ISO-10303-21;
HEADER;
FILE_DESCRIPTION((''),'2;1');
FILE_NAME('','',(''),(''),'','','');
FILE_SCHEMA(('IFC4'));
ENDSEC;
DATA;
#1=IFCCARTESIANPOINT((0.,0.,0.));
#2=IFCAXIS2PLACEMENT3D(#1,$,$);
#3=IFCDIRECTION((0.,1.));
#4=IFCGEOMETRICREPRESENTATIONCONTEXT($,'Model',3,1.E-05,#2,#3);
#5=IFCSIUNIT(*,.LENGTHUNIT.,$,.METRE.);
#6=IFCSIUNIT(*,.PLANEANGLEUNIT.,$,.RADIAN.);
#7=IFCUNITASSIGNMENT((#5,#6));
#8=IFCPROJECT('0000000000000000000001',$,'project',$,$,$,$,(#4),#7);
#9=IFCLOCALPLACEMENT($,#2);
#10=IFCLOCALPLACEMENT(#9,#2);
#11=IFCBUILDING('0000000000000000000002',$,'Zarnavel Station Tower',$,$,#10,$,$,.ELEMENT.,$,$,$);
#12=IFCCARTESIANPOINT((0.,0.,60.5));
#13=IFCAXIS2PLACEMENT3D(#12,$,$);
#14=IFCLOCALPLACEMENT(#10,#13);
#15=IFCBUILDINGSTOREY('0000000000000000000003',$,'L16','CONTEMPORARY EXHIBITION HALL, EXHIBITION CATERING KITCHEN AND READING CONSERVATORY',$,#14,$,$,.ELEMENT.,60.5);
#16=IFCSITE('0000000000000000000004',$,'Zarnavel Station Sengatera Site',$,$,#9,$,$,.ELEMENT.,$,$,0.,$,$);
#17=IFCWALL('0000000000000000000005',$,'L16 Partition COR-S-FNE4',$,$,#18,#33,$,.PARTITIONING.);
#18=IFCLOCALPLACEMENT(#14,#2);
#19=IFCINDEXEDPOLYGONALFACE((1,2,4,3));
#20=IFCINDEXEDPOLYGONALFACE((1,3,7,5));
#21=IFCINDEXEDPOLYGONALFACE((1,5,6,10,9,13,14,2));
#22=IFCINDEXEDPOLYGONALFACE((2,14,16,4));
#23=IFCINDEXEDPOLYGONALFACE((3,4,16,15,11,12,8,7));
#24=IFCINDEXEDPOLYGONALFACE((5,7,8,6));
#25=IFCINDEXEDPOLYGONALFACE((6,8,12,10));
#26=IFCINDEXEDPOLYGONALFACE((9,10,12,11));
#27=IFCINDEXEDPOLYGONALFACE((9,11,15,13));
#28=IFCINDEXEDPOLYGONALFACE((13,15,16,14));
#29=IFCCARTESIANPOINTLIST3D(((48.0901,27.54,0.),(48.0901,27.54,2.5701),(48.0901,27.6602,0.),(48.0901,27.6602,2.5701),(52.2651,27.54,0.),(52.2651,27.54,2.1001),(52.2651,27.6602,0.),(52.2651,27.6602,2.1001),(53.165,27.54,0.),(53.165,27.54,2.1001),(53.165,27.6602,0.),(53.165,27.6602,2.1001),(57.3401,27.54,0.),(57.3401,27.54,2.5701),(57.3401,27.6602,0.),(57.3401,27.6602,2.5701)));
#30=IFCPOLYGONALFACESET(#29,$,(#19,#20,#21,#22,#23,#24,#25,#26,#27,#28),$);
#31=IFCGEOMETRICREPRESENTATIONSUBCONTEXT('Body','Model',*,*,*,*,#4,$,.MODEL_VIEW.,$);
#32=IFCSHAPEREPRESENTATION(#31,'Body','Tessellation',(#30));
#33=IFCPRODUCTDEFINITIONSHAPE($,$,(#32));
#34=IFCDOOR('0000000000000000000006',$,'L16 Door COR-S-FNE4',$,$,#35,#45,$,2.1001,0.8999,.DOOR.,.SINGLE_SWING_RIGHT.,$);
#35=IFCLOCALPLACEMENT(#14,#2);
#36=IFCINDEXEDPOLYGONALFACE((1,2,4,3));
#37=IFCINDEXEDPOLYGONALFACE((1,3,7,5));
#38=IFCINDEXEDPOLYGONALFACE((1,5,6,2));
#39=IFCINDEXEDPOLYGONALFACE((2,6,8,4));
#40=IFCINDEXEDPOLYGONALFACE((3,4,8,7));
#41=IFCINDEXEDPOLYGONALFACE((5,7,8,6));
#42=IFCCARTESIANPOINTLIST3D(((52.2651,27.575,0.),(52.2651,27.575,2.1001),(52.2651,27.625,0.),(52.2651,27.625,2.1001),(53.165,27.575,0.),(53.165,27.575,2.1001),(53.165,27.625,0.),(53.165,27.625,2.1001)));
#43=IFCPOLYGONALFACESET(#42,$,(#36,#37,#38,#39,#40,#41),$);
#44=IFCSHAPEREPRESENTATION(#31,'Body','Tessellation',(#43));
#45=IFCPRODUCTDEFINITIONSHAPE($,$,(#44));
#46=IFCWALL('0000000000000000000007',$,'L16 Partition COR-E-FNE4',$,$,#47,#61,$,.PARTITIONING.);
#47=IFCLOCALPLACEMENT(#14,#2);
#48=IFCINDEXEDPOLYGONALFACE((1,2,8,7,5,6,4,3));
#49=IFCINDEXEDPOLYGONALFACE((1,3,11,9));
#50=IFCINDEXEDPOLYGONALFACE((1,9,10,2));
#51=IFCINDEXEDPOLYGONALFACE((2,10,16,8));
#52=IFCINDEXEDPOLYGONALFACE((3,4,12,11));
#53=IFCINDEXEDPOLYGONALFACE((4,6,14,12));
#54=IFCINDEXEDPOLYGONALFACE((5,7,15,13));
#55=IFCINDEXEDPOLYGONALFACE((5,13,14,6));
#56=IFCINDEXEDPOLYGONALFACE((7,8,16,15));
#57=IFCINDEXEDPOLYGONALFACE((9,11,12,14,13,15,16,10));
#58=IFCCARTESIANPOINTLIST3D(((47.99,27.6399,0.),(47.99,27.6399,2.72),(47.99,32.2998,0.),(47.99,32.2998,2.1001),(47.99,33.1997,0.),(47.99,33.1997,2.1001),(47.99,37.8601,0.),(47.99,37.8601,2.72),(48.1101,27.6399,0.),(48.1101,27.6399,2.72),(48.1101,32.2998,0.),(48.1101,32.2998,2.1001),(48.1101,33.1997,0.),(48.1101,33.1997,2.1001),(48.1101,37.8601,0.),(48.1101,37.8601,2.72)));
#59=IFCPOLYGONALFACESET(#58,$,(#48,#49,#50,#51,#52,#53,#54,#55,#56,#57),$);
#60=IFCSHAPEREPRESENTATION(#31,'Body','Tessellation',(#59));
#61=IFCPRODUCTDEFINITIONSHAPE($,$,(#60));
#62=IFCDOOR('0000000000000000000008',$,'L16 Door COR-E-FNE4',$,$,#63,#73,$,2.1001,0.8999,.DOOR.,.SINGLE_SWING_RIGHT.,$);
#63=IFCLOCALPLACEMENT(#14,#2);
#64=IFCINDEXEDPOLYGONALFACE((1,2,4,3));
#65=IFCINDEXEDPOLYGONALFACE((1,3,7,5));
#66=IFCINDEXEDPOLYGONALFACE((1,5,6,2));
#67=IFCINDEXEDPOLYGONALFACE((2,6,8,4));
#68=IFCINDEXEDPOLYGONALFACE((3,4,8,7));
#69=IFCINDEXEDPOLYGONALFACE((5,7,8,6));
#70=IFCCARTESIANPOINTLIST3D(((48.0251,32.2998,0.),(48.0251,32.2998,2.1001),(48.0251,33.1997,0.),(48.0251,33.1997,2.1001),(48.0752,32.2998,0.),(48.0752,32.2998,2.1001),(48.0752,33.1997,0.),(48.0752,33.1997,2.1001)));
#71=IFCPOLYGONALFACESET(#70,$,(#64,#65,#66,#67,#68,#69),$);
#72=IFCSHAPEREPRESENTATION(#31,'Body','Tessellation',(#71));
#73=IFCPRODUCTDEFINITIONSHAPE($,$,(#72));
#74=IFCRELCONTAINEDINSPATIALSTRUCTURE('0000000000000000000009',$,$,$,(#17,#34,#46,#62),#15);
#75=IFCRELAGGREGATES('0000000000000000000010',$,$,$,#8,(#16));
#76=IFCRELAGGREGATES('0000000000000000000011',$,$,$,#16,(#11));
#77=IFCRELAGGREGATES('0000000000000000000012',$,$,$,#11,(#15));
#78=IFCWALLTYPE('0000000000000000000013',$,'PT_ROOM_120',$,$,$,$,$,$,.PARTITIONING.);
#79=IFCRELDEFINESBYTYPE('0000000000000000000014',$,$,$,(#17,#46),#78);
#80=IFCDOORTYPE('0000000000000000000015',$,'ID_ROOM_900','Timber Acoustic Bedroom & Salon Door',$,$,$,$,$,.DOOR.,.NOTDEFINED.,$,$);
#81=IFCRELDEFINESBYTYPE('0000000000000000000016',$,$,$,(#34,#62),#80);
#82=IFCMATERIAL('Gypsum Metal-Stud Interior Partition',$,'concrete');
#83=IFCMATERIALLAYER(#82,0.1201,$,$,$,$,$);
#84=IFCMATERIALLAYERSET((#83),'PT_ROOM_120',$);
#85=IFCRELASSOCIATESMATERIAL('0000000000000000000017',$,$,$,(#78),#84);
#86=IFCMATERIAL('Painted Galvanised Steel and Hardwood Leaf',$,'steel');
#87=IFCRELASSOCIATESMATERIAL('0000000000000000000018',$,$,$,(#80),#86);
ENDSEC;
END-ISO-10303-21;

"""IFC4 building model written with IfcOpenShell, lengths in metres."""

from ifc_helpers import new_model, si_unit, direction, frame, frame_2d, origin, place, context, subcontext, project, spatial, rectangle, extrude, material, layer, layer_set, type_object, element, fill, save


model = new_model("IFC4")

# Units and contexts
model_context = context("Model", 3, precision=1e-05, world=origin(), true_north=direction((0.0, 1.0)))
body_context = subcontext(model_context, "Body", "Model", "MODEL_VIEW")
ifc_project = project(units=[si_unit("LENGTHUNIT", "METRE"), si_unit("PLANEANGLEUNIT", "RADIAN")], contexts=[model_context])

# Site, building, storey
site_placement = place(None, origin())
site = spatial("IfcSite", under=ifc_project, at=site_placement, Name="Zarnavel Station Sengatera Site", CompositionType="ELEMENT", RefElevation=0.0)
building_placement = place(site_placement, origin())
building = spatial("IfcBuilding", under=site, at=building_placement, Name="Zarnavel Station Tower", CompositionType="ELEMENT")
storey_placement = place(building_placement, frame((0.0, 0.0, 60.5)))
storey = spatial("IfcBuildingStorey", under=building, at=storey_placement, Name="L16", Description="CONTEMPORARY EXHIBITION HALL, EXHIBITION CATERING KITCHEN AND READING CONSERVATORY", CompositionType="ELEMENT", Elevation=60.5)

# Walls, openings, doors
ifc_material_1 = material(Name="Gypsum Metal-Stud Interior Partition", Category="concrete")
ifc_layer_1 = layer(ifc_material_1, 0.1201)
ifc_layer_set_1 = layer_set([ifc_layer_1], Name="PT_ROOM_120")
wall_type_1 = type_object("IfcWallType", Name="PT_ROOM_120", PredefinedType="PARTITIONING", material=ifc_layer_set_1)
wall_1_placement = place(storey_placement, frame((48.0901, 27.6001, 0.0), z_axis=(0.0, 0.0, 1.0), x_axis=(1.0, 0.0, 0.0)))
wall_1 = element("IfcWall", 1, at=wall_1_placement, inside=storey, type_object=wall_type_1, Name="L16 Partition COR-S-FNE4", PredefinedType="PARTITIONING", context=body_context, shape_type="SweptSolid", body=[
    extrude(rectangle(XDim=9.25, YDim=0.1201, at=frame_2d((4.625, 0.0))), origin(), (0.0, 0.0, 1.0), 2.5701),
])
opening_1_placement = place(wall_1_placement, frame((4.175, 0.0, 0.0)))
opening_1 = element("IfcOpeningElement", 2, at=opening_1_placement, cuts=wall_1, PredefinedType="OPENING", context=body_context, shape_type="SweptSolid", body=[
    extrude(rectangle(XDim=0.8999, YDim=2.1001, at=frame_2d((0.45, 1.05))), frame((0.0, 0.0701, 0.0), z_axis=(0.0, -1.0, 0.0), x_axis=(1.0, 0.0, 0.0)), (0.0, 0.0, 1.0), 0.1401),
])
ifc_material_2 = material(Name="Painted Galvanised Steel and Hardwood Leaf", Category="steel")
door_type = type_object("IfcDoorType", Name="ID_ROOM_900", Description="Timber Acoustic Bedroom & Salon Door", OperationType="NOTDEFINED", PredefinedType="DOOR", material=ifc_material_2)
door_1_placement = place(opening_1_placement, origin())
door_1 = element("IfcDoor", 3, at=door_1_placement, inside=storey, type_object=door_type, Name="L16 Door COR-S-FNE4", OperationType="SINGLE_SWING_RIGHT", OverallHeight=2.1001, OverallWidth=0.8999, PredefinedType="DOOR", context=body_context, shape_type="SweptSolid", body=[
    extrude(rectangle(XDim=0.8999, YDim=2.1001, at=frame_2d((0.45, 1.05))), frame((0.0, 0.0249, 0.0), z_axis=(0.0, -1.0, 0.0), x_axis=(1.0, 0.0, 0.0)), (0.0, 0.0, 1.0), 0.05),
])
fill(opening_1, door_1)
wall_2_placement = place(storey_placement, frame((48.05, 27.6399, 0.0), z_axis=(0.0, 0.0, 1.0), x_axis=(0.0, 1.0, 0.0)))
wall_2 = element("IfcWall", 4, at=wall_2_placement, inside=storey, type_object=wall_type_1, Name="L16 Partition COR-E-FNE4", PredefinedType="PARTITIONING", context=body_context, shape_type="SweptSolid", body=[
    extrude(rectangle(XDim=10.2202, YDim=0.1201, at=frame_2d((5.1101, 0.0))), origin(), (0.0, 0.0, 1.0), 2.72),
])
opening_2_placement = place(wall_2_placement, frame((4.6599, 0.0, 0.0)))
opening_2 = element("IfcOpeningElement", 5, at=opening_2_placement, cuts=wall_2, PredefinedType="OPENING", context=body_context, shape_type="SweptSolid", body=[
    extrude(rectangle(XDim=0.8999, YDim=2.1001, at=frame_2d((0.45, 1.05))), frame((0.0, 0.0701, 0.0), z_axis=(0.0, -1.0, 0.0), x_axis=(1.0, 0.0, 0.0)), (0.0, 0.0, 1.0), 0.1401),
])
door_2_placement = place(opening_2_placement, origin())
door_2 = element("IfcDoor", 6, at=door_2_placement, inside=storey, type_object=door_type, Name="L16 Door COR-E-FNE4", OperationType="SINGLE_SWING_RIGHT", OverallHeight=2.1001, OverallWidth=0.8999, PredefinedType="DOOR", context=body_context, shape_type="SweptSolid", body=[
    extrude(rectangle(XDim=0.8999, YDim=2.1001, at=frame_2d((0.45, 1.05))), frame((0.0, 0.0249, 0.0), z_axis=(0.0, -1.0, 0.0), x_axis=(1.0, 0.0, 0.0)), (0.0, 0.0, 1.0), 0.05),
])
fill(opening_2, door_2)

save(model, "model.ifc")
